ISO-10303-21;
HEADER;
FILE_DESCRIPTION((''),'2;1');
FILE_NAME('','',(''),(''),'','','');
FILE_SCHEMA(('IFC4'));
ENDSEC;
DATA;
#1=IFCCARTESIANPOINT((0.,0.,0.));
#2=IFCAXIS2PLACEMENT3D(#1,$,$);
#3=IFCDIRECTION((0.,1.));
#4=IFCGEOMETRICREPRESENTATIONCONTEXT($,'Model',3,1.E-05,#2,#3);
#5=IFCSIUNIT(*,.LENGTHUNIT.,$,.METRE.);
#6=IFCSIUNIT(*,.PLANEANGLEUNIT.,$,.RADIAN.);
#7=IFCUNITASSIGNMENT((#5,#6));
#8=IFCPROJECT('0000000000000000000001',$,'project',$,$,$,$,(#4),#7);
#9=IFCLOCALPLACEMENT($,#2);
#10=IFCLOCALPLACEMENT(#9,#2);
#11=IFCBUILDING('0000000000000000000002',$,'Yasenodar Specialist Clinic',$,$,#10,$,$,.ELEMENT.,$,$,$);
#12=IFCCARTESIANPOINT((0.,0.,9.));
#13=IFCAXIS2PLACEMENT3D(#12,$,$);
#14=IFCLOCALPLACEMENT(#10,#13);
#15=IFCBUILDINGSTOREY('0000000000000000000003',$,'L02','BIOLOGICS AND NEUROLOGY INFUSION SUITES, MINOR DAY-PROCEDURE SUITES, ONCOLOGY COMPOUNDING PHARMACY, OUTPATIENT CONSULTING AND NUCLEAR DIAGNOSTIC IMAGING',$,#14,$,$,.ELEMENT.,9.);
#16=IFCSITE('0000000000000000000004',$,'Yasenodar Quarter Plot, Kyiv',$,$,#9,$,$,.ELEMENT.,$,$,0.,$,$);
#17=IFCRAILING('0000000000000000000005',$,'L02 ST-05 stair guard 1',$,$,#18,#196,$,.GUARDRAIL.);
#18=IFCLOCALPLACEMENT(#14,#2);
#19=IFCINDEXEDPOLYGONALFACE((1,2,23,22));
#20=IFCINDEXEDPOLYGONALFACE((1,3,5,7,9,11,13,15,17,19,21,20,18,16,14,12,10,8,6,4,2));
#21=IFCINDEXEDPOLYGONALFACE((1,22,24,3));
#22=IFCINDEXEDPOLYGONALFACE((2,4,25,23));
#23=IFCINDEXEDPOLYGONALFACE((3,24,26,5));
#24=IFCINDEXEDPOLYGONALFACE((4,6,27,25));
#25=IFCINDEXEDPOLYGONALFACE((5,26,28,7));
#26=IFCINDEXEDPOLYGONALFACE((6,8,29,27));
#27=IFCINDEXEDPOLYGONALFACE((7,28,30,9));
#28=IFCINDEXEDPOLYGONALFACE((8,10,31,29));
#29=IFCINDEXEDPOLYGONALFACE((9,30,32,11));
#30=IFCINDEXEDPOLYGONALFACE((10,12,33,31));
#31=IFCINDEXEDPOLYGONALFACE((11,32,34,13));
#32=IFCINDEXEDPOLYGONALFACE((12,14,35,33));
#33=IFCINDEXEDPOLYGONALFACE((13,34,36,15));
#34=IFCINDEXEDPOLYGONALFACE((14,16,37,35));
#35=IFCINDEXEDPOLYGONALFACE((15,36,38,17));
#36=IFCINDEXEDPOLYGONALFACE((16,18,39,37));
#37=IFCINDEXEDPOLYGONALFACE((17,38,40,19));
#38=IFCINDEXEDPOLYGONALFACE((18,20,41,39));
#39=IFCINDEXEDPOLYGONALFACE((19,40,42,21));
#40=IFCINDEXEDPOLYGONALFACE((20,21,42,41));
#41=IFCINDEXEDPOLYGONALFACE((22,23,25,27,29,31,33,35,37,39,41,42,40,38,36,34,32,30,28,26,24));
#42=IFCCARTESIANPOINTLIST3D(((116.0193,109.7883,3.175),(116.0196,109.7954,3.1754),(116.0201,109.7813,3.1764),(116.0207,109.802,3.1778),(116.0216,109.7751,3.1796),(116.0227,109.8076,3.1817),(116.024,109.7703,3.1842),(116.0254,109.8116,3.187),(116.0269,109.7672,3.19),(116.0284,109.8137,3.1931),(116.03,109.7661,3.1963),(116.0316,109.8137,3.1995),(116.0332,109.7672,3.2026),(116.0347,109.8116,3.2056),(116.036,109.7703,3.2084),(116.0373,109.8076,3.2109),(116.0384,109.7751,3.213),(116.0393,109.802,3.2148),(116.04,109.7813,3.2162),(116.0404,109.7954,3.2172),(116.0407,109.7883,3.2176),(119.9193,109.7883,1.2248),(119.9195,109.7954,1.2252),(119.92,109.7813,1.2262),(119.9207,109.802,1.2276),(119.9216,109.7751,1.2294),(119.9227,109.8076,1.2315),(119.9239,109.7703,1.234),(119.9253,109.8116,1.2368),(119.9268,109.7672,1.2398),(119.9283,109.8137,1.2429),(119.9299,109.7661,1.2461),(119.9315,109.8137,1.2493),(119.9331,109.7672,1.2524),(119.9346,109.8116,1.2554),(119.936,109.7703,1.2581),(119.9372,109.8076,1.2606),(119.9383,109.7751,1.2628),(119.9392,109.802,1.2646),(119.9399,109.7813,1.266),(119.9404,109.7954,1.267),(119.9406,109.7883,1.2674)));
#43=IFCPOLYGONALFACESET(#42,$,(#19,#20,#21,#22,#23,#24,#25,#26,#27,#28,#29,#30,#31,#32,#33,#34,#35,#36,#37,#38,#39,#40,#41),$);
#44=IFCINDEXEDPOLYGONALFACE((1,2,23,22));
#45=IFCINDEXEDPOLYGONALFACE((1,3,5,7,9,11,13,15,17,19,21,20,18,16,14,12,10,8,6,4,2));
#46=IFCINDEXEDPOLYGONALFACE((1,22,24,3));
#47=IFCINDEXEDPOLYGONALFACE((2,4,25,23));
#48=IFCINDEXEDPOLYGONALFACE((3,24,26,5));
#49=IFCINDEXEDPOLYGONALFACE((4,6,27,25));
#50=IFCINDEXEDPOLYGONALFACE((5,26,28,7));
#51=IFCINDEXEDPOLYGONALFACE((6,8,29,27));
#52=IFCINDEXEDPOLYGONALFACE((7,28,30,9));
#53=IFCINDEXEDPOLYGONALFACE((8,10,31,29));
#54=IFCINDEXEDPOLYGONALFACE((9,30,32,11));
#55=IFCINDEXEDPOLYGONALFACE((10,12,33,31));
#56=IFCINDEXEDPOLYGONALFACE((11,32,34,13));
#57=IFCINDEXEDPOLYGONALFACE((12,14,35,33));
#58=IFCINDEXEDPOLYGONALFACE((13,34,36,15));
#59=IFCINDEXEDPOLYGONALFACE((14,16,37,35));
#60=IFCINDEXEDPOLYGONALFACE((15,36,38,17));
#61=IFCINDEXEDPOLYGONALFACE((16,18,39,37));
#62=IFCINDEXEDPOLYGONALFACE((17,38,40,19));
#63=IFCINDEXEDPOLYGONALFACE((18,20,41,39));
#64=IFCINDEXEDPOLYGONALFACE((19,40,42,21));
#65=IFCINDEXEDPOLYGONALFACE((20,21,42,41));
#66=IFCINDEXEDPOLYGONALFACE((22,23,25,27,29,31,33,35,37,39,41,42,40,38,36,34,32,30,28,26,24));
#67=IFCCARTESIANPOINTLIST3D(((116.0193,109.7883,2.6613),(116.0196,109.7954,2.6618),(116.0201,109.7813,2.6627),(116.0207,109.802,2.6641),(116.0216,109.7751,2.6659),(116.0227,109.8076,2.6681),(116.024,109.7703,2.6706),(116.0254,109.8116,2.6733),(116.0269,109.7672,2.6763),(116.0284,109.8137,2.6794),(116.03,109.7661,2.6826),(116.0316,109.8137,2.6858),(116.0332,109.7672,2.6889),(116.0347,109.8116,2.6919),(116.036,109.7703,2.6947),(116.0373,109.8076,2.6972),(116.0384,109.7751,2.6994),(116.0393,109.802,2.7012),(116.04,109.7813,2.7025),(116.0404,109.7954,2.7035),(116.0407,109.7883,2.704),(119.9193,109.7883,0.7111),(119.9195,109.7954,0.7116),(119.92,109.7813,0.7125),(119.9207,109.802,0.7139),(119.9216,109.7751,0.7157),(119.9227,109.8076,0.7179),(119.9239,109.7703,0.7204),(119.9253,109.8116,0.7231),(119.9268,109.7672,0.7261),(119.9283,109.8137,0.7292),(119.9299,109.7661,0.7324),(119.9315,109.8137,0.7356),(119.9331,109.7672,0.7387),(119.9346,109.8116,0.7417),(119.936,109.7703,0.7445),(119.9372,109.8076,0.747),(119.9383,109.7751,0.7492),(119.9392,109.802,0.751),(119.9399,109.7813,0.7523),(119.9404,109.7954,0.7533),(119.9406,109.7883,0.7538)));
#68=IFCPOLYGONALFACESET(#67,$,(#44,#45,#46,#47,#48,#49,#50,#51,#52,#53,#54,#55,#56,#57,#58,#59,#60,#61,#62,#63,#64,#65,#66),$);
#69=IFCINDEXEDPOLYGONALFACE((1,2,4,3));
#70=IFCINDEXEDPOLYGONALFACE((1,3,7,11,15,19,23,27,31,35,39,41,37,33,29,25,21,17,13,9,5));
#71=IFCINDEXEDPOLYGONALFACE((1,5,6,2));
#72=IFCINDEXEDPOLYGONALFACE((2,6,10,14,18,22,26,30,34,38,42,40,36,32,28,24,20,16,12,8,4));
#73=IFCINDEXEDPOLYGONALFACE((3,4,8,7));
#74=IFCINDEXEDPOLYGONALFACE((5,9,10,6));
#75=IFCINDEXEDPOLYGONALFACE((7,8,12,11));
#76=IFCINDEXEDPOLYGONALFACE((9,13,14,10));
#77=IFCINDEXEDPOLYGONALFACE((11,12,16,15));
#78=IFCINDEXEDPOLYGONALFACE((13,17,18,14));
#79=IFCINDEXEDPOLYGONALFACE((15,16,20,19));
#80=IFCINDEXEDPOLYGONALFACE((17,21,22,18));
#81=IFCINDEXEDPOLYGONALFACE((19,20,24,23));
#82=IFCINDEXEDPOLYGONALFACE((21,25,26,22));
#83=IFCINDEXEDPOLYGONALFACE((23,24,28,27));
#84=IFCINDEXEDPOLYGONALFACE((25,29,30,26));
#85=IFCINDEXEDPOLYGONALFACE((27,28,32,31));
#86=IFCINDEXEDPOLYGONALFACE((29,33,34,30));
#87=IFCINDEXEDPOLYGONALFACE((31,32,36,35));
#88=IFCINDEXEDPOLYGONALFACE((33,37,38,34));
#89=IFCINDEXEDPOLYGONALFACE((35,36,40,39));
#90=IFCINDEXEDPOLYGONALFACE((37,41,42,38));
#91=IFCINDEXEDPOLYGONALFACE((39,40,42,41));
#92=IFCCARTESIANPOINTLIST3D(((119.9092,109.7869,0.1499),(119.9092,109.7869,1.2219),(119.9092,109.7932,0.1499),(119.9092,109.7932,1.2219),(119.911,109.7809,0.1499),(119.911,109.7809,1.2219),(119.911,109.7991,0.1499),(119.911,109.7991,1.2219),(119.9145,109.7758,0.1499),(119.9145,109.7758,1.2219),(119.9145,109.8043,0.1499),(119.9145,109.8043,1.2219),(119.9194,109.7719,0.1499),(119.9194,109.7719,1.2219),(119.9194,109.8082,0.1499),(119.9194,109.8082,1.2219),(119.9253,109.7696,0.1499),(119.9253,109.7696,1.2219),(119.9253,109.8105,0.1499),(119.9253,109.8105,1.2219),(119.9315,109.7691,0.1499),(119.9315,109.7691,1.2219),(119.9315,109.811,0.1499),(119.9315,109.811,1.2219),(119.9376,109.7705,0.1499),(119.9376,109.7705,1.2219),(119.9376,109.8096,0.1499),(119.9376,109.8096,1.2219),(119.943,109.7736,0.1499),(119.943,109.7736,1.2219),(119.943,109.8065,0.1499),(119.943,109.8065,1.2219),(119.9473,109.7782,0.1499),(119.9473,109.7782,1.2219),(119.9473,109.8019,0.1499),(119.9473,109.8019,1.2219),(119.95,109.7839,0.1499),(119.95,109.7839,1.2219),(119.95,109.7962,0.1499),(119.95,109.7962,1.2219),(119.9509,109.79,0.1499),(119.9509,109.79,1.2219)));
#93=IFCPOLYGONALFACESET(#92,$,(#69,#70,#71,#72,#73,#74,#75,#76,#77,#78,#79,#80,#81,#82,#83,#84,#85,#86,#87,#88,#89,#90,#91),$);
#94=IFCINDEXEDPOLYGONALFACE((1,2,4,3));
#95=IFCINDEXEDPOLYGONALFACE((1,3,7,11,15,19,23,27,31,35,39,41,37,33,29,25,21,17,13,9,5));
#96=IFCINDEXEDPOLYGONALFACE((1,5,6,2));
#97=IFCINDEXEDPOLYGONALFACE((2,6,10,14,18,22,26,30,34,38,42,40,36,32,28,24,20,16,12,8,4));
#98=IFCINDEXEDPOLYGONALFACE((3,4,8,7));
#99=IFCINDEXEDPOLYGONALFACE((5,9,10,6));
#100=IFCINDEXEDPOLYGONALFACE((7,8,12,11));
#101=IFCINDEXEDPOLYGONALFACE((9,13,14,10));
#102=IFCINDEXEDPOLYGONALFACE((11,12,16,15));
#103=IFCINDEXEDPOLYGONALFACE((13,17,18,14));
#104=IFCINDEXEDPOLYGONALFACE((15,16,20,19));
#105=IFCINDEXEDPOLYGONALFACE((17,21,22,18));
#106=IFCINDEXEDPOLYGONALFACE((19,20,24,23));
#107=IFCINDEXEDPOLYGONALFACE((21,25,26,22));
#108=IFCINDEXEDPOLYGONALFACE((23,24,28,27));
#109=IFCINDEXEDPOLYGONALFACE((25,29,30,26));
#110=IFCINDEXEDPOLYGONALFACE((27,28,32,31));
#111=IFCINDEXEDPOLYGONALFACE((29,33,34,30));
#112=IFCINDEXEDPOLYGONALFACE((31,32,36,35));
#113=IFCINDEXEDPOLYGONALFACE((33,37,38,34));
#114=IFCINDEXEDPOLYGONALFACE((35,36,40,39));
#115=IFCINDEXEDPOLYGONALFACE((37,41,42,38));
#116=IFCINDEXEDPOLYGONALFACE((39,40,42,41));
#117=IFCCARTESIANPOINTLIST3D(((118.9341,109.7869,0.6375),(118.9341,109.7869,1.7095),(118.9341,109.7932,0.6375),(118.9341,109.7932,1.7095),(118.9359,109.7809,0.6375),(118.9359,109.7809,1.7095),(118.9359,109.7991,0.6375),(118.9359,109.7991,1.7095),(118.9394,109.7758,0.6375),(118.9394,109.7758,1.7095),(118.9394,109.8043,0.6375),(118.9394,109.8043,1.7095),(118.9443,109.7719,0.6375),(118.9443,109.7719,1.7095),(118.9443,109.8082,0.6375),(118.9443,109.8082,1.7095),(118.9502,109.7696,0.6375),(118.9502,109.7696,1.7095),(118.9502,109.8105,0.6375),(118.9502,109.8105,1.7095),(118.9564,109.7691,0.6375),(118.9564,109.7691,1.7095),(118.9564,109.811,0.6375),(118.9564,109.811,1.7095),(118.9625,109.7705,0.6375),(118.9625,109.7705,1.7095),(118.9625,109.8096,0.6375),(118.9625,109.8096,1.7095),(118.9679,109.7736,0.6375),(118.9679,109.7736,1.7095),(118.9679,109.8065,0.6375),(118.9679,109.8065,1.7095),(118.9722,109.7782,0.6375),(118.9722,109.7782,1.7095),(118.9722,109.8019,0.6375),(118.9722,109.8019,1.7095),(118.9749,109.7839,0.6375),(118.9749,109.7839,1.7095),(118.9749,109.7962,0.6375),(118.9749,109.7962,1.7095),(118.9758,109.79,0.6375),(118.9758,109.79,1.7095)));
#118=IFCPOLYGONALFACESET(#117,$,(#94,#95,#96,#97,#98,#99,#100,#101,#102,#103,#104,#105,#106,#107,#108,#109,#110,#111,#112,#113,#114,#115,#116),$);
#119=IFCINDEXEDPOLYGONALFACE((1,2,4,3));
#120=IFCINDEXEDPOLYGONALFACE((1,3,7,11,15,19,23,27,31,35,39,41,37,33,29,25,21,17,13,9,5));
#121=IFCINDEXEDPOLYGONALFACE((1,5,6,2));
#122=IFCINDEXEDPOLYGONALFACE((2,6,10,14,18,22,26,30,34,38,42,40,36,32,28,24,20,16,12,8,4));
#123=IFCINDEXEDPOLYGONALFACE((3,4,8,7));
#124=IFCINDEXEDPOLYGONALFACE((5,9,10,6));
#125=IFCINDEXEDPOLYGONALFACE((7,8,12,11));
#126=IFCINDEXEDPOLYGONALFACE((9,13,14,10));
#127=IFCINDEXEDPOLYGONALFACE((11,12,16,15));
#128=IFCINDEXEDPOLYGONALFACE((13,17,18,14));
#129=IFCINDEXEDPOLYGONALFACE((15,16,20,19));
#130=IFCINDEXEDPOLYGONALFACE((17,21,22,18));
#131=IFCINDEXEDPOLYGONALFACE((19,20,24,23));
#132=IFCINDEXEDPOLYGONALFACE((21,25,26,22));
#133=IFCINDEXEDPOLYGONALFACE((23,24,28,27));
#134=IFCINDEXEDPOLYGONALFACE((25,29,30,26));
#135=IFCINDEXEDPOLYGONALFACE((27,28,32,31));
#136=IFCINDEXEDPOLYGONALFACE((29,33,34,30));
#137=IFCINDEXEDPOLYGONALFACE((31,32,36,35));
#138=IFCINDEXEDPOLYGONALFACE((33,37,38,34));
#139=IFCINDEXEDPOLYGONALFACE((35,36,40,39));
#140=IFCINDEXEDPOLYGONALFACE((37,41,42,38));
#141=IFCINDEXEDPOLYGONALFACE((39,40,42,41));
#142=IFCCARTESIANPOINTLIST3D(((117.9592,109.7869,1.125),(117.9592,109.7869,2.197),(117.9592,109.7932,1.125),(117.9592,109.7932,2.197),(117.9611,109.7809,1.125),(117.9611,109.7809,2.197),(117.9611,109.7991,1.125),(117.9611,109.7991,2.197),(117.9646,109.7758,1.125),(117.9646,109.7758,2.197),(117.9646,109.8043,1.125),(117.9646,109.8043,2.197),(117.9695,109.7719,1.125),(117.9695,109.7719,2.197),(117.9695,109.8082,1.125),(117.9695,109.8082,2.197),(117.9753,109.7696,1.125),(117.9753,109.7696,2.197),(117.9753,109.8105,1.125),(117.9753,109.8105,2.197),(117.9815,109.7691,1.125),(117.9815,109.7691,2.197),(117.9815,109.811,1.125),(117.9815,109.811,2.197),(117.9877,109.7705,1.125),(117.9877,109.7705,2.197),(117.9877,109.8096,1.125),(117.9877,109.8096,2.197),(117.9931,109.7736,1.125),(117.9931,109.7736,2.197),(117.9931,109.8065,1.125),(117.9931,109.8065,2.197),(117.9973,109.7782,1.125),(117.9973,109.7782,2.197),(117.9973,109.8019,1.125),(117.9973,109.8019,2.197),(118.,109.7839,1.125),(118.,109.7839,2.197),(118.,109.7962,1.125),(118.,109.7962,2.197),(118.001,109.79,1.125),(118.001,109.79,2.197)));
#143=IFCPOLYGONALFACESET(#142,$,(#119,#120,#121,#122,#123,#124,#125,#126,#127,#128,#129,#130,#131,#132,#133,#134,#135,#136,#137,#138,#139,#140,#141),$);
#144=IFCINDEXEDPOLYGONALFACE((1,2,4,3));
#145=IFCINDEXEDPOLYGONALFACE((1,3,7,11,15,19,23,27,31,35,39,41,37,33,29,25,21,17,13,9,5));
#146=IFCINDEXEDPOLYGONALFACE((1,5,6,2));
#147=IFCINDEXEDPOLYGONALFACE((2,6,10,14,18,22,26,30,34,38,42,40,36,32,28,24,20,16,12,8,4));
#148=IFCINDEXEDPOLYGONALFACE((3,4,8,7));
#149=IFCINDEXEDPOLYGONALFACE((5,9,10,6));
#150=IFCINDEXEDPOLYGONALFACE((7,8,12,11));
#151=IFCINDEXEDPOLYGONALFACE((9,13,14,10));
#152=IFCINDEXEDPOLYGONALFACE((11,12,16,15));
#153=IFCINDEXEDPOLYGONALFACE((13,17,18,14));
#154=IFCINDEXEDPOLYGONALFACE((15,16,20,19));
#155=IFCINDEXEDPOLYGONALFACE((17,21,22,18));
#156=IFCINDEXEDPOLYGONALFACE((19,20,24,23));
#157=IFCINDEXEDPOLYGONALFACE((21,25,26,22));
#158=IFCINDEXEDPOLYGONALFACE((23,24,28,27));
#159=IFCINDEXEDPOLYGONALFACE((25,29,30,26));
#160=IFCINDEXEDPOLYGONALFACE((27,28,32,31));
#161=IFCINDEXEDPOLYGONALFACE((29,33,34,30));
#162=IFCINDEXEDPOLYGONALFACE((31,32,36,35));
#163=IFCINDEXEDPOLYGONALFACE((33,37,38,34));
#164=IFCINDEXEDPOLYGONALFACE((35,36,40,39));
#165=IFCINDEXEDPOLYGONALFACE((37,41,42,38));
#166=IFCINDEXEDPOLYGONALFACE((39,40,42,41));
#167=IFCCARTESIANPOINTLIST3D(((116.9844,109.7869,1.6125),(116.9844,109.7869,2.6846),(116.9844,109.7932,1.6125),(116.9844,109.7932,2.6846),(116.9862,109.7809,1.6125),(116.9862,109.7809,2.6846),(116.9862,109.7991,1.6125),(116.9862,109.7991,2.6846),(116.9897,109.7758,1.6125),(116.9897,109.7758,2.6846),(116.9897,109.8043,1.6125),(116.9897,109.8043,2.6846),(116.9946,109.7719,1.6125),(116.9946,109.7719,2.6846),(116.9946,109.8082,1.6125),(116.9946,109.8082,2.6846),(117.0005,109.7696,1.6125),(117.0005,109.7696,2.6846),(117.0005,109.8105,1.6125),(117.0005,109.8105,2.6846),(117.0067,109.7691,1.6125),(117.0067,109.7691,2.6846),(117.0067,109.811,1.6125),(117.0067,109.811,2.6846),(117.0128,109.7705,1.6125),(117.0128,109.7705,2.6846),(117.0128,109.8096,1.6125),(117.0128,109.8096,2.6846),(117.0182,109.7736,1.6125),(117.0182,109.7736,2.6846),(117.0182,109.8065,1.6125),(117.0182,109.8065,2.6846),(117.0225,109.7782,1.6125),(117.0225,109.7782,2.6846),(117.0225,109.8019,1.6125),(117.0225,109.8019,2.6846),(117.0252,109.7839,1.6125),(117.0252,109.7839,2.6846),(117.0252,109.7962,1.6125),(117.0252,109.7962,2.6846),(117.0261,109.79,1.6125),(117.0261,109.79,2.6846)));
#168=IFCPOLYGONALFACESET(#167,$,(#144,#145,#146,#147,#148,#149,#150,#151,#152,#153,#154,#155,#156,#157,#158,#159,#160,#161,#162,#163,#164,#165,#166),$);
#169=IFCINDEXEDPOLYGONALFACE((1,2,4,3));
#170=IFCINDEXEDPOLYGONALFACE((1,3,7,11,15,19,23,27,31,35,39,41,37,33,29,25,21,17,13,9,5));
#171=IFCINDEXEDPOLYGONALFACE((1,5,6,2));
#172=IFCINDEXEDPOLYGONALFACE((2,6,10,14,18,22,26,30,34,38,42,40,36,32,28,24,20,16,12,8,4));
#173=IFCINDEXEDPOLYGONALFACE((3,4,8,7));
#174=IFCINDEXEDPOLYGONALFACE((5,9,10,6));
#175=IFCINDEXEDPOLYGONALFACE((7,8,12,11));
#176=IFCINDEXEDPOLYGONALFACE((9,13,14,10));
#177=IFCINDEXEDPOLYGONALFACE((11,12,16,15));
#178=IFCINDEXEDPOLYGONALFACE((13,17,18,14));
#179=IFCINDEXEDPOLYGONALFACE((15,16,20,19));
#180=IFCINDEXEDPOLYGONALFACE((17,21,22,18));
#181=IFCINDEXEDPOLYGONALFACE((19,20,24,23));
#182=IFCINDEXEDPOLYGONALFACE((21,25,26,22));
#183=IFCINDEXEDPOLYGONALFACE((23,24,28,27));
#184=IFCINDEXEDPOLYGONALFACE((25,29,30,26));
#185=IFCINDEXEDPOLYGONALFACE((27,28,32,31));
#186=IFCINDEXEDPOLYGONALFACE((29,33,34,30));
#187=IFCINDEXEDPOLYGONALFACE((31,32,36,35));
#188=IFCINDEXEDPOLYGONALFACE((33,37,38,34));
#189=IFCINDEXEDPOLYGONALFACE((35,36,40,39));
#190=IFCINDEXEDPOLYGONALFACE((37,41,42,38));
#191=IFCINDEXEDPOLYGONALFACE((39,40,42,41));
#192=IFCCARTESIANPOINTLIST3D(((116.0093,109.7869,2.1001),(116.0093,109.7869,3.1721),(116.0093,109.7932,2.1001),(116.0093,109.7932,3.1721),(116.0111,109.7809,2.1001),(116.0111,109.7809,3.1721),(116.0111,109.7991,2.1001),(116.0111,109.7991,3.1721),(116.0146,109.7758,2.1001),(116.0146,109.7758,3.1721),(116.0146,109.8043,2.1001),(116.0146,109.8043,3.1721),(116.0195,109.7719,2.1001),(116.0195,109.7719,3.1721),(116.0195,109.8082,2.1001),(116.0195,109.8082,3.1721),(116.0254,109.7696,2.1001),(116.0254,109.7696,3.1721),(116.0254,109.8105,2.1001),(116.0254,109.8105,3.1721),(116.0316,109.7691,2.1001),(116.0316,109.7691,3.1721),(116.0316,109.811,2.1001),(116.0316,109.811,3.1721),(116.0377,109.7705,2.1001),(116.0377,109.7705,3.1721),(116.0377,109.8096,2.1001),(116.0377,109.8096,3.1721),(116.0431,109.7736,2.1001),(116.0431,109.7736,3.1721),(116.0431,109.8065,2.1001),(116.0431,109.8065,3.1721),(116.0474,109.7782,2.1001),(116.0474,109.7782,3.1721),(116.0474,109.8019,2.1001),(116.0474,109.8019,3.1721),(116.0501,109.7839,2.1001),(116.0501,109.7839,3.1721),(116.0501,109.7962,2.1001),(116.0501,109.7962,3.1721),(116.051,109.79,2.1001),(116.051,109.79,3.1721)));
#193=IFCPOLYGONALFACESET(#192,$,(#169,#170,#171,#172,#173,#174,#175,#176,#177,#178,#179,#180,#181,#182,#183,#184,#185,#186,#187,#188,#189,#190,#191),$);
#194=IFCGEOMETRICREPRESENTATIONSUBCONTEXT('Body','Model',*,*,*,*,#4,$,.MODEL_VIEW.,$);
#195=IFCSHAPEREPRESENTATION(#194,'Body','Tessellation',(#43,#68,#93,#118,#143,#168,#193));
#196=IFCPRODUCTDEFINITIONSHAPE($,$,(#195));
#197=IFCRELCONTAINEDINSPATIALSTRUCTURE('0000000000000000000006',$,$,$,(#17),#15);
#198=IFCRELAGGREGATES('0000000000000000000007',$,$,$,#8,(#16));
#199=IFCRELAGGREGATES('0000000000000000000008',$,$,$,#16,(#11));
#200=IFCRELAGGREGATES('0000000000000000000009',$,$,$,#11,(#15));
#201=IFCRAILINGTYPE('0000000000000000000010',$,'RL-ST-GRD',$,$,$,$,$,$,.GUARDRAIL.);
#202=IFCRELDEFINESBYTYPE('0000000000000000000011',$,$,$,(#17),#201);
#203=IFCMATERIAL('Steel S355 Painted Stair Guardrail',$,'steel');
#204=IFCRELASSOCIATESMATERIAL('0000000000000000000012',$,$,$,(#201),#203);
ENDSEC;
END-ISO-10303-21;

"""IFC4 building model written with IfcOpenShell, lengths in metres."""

from ifc_helpers import new_model, si_unit, direction, frame, origin, origin_2d, place, context, subcontext, project, spatial, circle, extrude, material, type_object, element, save


model = new_model("IFC4")

# Units and contexts
model_context = context("Model", 3, precision=1e-05, world=origin(), true_north=direction((0.0, 1.0)))
body_context = subcontext(model_context, "Body", "Model", "MODEL_VIEW")
ifc_project = project(units=[si_unit("LENGTHUNIT", "METRE"), si_unit("PLANEANGLEUNIT", "RADIAN")], contexts=[model_context])

# Site, building, storey
site_placement = place(None, origin())
site = spatial("IfcSite", under=ifc_project, at=site_placement, Name="Yasenodar Quarter Plot, Kyiv", CompositionType="ELEMENT", RefElevation=0.0)
building_placement = place(site_placement, origin())
building = spatial("IfcBuilding", under=site, at=building_placement, Name="Yasenodar Specialist Clinic", CompositionType="ELEMENT")
storey_placement = place(building_placement, frame((0.0, 0.0, 9.0)))
storey = spatial("IfcBuildingStorey", under=building, at=storey_placement, Name="L02", Description="BIOLOGICS AND NEUROLOGY INFUSION SUITES, MINOR DAY-PROCEDURE SUITES, ONCOLOGY COMPOUNDING PHARMACY, OUTPATIENT CONSULTING AND NUCLEAR DIAGNOSTIC IMAGING", CompositionType="ELEMENT", Elevation=9.0)

# Railing
ifc_material_1 = material(Name="Steel S355 Painted Stair Guardrail", Category="steel")
railing_type_1 = type_object("IfcRailingType", Name="RL-ST-GRD", PredefinedType="GUARDRAIL", material=ifc_material_1)
railing_1_placement = place(storey_placement, frame((119.9299, 109.79, 0.1499)))
element("IfcRailing", 1, at=railing_1_placement, inside=storey, type_object=railing_type_1, Name="L02 ST-05 stair guard 1", PredefinedType="GUARDRAIL", context=body_context, shape_type="SweptSolid", body=[
    extrude(circle(Radius=0.0239, at=origin_2d()), frame((0.0, 0.0, 1.0962), z_axis=(-0.894405, 0.0, 0.447258), x_axis=(0.0, -1.0, 0.0)), (0.0, 0.0, 1.0), 4.3604),
    extrude(circle(Radius=0.0239, at=origin_2d()), frame((0.0, 0.0, 0.5825), z_axis=(-0.894405, 0.0, 0.447258), x_axis=(0.0, -1.0, 0.0)), (0.0, 0.0, 1.0), 4.3604),
    extrude(circle(Radius=0.021, at=origin_2d()), origin(), (0.0, 0.0, 1.0), 1.072),
    extrude(circle(Radius=0.021, at=origin_2d()), frame((-0.9751, 0.0, 0.4875)), (0.0, 0.0, 1.0), 1.072),
    extrude(circle(Radius=0.021, at=origin_2d()), frame((-1.95, 0.0, 0.9751)), (0.0, 0.0, 1.0), 1.072),
    extrude(circle(Radius=0.021, at=origin_2d()), frame((-2.9248, 0.0, 1.4626)), (0.0, 0.0, 1.0), 1.072),
    extrude(circle(Radius=0.021, at=origin_2d()), frame((-3.8999, 0.0, 1.9502)), (0.0, 0.0, 1.0), 1.072),
])

save(model, "model.ifc")
